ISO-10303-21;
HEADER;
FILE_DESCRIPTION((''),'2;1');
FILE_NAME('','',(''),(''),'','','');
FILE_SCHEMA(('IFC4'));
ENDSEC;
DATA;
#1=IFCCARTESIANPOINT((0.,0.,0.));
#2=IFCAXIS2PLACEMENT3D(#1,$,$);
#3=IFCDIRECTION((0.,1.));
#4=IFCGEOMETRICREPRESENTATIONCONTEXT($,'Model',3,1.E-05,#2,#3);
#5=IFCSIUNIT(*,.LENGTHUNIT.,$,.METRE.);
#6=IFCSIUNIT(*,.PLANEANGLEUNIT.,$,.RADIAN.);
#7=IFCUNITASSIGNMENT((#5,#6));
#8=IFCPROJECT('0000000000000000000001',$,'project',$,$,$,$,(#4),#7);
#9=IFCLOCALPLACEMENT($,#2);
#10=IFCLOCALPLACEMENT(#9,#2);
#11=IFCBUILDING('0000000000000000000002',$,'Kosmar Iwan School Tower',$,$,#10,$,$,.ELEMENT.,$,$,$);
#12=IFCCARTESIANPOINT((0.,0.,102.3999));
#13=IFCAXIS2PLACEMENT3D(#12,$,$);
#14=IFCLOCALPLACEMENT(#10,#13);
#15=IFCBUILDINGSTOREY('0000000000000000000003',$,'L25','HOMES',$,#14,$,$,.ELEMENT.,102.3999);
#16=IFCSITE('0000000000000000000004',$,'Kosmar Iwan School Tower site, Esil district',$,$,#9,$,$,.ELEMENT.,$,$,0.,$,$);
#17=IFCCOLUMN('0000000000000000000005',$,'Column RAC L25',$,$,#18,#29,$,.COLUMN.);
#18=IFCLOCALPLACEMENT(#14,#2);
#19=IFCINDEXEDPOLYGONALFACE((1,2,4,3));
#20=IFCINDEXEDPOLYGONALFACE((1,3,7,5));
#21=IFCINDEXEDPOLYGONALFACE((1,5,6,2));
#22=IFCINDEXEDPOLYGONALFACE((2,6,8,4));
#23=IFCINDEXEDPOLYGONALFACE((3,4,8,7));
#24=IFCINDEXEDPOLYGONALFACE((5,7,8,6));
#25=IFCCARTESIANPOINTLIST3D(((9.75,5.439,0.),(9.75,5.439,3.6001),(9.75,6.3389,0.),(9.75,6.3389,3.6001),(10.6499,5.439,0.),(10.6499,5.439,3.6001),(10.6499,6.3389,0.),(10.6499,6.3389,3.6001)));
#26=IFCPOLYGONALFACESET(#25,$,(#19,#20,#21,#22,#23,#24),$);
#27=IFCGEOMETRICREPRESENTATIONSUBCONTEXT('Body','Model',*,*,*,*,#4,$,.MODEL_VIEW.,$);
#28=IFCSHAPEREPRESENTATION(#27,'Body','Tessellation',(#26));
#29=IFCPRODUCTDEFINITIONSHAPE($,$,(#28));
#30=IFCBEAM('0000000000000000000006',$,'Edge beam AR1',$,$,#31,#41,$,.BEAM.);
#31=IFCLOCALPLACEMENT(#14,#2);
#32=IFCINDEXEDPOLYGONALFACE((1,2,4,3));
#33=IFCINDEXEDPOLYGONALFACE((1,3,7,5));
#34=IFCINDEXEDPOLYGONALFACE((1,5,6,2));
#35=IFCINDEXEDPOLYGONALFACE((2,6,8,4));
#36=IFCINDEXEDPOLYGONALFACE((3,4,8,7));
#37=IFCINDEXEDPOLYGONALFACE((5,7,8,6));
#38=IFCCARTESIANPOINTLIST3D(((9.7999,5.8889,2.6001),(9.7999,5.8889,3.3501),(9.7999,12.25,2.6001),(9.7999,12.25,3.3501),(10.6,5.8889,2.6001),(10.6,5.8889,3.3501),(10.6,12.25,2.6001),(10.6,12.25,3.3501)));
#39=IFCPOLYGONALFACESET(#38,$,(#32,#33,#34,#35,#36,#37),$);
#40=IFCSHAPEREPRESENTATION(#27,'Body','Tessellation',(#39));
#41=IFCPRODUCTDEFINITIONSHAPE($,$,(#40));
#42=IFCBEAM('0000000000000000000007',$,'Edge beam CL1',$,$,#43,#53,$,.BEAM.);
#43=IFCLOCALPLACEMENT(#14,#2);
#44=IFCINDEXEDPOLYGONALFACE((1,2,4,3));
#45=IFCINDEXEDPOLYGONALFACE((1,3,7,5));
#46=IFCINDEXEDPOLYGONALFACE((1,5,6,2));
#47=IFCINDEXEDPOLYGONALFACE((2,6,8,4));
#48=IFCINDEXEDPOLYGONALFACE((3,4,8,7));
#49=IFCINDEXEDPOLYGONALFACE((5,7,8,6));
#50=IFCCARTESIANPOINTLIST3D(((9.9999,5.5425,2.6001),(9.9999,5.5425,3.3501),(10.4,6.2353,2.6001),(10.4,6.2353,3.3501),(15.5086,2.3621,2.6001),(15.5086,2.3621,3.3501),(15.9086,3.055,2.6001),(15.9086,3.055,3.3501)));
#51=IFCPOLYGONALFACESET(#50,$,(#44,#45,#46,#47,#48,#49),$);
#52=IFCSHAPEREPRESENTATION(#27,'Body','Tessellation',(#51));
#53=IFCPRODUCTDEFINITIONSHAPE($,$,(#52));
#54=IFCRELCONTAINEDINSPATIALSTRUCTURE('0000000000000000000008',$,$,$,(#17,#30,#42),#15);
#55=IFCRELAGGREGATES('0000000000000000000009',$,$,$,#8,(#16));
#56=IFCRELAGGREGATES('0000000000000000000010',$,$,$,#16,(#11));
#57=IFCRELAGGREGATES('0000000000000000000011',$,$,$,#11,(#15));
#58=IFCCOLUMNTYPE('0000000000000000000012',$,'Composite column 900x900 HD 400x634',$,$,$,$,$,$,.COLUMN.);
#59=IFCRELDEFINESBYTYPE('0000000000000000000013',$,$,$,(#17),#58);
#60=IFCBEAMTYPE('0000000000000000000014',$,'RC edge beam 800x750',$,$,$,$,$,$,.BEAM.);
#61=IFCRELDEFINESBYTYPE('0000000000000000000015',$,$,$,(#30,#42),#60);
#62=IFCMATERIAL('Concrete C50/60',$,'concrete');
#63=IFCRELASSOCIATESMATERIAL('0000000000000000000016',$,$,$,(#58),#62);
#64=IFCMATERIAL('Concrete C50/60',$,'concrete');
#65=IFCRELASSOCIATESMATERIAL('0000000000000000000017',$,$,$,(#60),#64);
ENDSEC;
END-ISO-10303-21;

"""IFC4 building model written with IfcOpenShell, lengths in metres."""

from ifc_helpers import new_model, si_unit, direction, frame, origin, origin_2d, place, context, subcontext, project, spatial, rectangle, extrude, material, material_profile, profile_set, type_object, element, save


model = new_model("IFC4")

# Units and contexts
model_context = context("Model", 3, precision=1e-05, world=origin(), true_north=direction((0.0, 1.0)))
body_context = subcontext(model_context, "Body", "Model", "MODEL_VIEW")
ifc_project = project(units=[si_unit("LENGTHUNIT", "METRE"), si_unit("PLANEANGLEUNIT", "RADIAN")], contexts=[model_context])

# Site, building, storey
site_placement = place(None, origin())
site = spatial("IfcSite", under=ifc_project, at=site_placement, Name="Kosmar Iwan School Tower site, Esil district", CompositionType="ELEMENT", RefElevation=0.0)
building_placement = place(site_placement, origin())
building = spatial("IfcBuilding", under=site, at=building_placement, Name="Kosmar Iwan School Tower", CompositionType="ELEMENT")
storey_placement = place(building_placement, frame((0.0, 0.0, 102.3999)))
storey = spatial("IfcBuildingStorey", under=building, at=storey_placement, Name="L25", Description="HOMES", CompositionType="ELEMENT", Elevation=102.3999)

# Column
ifc_material_1 = material(Name="Concrete C50/60", Category="concrete")
ifc_material_profile_1 = material_profile(ifc_material_1, rectangle(XDim=0.8999, YDim=0.8999, at=origin_2d()), Name="RC 900x900 + HD 400x634")
ifc_profile_set_1 = profile_set([ifc_material_profile_1], Name="Concrete C50/60")
column_type = type_object("IfcColumnType", Name="Composite column 900x900 HD 400x634", PredefinedType="COLUMN", material=ifc_profile_set_1)
column_placement = place(storey_placement, frame((10.2, 5.8889, 0.0), z_axis=(0.0, 0.0, 1.0), x_axis=(1.0, 0.0, 0.0)))
element("IfcColumn", 1, at=column_placement, inside=storey, type_object=column_type, Name="Column RAC L25", PredefinedType="COLUMN", context=body_context, shape_type="SweptSolid", body=[
    extrude(rectangle(XDim=0.8999, YDim=0.8999, at=origin_2d()), origin(), (0.0, 0.0, 1.0), 3.6001),
])

# Beams
ifc_material_2 = material(Name="Concrete C50/60", Category="concrete")
ifc_material_profile_2 = material_profile(ifc_material_2, rectangle(XDim=0.8, YDim=0.75, at=origin_2d()), Name="RC 800x750")
ifc_profile_set_2 = profile_set([ifc_material_profile_2], Name="Concrete C50/60")
beam_type = type_object("IfcBeamType", Name="RC edge beam 800x750", PredefinedType="BEAM", material=ifc_profile_set_2)
beam_1_placement = place(storey_placement, frame((10.2, 5.8889, 2.9751), z_axis=(0.0, 1.0, 0.0), x_axis=(-1.0, 0.0, 0.0)))
element("IfcBeam", 2, at=beam_1_placement, inside=storey, type_object=beam_type, Name="Edge beam AR1", PredefinedType="BEAM", context=body_context, shape_type="SweptSolid", body=[
    extrude(rectangle(XDim=0.8, YDim=0.75, at=origin_2d()), origin(), (0.0, 0.0, 1.0), 6.3611),
])
beam_2_placement = place(storey_placement, frame((10.2, 5.8889, 2.9751), z_axis=(0.866031, -0.49999, 0.0), x_axis=(0.49999, 0.866031, 0.0)))
element("IfcBeam", 3, at=beam_2_placement, inside=storey, type_object=beam_type, Name="Edge beam CL1", PredefinedType="BEAM", context=body_context, shape_type="SweptSolid", body=[
    extrude(rectangle(XDim=0.8, YDim=0.75, at=origin_2d()), origin(), (0.0, 0.0, 1.0), 6.3608),
])

save(model, "model.ifc")
